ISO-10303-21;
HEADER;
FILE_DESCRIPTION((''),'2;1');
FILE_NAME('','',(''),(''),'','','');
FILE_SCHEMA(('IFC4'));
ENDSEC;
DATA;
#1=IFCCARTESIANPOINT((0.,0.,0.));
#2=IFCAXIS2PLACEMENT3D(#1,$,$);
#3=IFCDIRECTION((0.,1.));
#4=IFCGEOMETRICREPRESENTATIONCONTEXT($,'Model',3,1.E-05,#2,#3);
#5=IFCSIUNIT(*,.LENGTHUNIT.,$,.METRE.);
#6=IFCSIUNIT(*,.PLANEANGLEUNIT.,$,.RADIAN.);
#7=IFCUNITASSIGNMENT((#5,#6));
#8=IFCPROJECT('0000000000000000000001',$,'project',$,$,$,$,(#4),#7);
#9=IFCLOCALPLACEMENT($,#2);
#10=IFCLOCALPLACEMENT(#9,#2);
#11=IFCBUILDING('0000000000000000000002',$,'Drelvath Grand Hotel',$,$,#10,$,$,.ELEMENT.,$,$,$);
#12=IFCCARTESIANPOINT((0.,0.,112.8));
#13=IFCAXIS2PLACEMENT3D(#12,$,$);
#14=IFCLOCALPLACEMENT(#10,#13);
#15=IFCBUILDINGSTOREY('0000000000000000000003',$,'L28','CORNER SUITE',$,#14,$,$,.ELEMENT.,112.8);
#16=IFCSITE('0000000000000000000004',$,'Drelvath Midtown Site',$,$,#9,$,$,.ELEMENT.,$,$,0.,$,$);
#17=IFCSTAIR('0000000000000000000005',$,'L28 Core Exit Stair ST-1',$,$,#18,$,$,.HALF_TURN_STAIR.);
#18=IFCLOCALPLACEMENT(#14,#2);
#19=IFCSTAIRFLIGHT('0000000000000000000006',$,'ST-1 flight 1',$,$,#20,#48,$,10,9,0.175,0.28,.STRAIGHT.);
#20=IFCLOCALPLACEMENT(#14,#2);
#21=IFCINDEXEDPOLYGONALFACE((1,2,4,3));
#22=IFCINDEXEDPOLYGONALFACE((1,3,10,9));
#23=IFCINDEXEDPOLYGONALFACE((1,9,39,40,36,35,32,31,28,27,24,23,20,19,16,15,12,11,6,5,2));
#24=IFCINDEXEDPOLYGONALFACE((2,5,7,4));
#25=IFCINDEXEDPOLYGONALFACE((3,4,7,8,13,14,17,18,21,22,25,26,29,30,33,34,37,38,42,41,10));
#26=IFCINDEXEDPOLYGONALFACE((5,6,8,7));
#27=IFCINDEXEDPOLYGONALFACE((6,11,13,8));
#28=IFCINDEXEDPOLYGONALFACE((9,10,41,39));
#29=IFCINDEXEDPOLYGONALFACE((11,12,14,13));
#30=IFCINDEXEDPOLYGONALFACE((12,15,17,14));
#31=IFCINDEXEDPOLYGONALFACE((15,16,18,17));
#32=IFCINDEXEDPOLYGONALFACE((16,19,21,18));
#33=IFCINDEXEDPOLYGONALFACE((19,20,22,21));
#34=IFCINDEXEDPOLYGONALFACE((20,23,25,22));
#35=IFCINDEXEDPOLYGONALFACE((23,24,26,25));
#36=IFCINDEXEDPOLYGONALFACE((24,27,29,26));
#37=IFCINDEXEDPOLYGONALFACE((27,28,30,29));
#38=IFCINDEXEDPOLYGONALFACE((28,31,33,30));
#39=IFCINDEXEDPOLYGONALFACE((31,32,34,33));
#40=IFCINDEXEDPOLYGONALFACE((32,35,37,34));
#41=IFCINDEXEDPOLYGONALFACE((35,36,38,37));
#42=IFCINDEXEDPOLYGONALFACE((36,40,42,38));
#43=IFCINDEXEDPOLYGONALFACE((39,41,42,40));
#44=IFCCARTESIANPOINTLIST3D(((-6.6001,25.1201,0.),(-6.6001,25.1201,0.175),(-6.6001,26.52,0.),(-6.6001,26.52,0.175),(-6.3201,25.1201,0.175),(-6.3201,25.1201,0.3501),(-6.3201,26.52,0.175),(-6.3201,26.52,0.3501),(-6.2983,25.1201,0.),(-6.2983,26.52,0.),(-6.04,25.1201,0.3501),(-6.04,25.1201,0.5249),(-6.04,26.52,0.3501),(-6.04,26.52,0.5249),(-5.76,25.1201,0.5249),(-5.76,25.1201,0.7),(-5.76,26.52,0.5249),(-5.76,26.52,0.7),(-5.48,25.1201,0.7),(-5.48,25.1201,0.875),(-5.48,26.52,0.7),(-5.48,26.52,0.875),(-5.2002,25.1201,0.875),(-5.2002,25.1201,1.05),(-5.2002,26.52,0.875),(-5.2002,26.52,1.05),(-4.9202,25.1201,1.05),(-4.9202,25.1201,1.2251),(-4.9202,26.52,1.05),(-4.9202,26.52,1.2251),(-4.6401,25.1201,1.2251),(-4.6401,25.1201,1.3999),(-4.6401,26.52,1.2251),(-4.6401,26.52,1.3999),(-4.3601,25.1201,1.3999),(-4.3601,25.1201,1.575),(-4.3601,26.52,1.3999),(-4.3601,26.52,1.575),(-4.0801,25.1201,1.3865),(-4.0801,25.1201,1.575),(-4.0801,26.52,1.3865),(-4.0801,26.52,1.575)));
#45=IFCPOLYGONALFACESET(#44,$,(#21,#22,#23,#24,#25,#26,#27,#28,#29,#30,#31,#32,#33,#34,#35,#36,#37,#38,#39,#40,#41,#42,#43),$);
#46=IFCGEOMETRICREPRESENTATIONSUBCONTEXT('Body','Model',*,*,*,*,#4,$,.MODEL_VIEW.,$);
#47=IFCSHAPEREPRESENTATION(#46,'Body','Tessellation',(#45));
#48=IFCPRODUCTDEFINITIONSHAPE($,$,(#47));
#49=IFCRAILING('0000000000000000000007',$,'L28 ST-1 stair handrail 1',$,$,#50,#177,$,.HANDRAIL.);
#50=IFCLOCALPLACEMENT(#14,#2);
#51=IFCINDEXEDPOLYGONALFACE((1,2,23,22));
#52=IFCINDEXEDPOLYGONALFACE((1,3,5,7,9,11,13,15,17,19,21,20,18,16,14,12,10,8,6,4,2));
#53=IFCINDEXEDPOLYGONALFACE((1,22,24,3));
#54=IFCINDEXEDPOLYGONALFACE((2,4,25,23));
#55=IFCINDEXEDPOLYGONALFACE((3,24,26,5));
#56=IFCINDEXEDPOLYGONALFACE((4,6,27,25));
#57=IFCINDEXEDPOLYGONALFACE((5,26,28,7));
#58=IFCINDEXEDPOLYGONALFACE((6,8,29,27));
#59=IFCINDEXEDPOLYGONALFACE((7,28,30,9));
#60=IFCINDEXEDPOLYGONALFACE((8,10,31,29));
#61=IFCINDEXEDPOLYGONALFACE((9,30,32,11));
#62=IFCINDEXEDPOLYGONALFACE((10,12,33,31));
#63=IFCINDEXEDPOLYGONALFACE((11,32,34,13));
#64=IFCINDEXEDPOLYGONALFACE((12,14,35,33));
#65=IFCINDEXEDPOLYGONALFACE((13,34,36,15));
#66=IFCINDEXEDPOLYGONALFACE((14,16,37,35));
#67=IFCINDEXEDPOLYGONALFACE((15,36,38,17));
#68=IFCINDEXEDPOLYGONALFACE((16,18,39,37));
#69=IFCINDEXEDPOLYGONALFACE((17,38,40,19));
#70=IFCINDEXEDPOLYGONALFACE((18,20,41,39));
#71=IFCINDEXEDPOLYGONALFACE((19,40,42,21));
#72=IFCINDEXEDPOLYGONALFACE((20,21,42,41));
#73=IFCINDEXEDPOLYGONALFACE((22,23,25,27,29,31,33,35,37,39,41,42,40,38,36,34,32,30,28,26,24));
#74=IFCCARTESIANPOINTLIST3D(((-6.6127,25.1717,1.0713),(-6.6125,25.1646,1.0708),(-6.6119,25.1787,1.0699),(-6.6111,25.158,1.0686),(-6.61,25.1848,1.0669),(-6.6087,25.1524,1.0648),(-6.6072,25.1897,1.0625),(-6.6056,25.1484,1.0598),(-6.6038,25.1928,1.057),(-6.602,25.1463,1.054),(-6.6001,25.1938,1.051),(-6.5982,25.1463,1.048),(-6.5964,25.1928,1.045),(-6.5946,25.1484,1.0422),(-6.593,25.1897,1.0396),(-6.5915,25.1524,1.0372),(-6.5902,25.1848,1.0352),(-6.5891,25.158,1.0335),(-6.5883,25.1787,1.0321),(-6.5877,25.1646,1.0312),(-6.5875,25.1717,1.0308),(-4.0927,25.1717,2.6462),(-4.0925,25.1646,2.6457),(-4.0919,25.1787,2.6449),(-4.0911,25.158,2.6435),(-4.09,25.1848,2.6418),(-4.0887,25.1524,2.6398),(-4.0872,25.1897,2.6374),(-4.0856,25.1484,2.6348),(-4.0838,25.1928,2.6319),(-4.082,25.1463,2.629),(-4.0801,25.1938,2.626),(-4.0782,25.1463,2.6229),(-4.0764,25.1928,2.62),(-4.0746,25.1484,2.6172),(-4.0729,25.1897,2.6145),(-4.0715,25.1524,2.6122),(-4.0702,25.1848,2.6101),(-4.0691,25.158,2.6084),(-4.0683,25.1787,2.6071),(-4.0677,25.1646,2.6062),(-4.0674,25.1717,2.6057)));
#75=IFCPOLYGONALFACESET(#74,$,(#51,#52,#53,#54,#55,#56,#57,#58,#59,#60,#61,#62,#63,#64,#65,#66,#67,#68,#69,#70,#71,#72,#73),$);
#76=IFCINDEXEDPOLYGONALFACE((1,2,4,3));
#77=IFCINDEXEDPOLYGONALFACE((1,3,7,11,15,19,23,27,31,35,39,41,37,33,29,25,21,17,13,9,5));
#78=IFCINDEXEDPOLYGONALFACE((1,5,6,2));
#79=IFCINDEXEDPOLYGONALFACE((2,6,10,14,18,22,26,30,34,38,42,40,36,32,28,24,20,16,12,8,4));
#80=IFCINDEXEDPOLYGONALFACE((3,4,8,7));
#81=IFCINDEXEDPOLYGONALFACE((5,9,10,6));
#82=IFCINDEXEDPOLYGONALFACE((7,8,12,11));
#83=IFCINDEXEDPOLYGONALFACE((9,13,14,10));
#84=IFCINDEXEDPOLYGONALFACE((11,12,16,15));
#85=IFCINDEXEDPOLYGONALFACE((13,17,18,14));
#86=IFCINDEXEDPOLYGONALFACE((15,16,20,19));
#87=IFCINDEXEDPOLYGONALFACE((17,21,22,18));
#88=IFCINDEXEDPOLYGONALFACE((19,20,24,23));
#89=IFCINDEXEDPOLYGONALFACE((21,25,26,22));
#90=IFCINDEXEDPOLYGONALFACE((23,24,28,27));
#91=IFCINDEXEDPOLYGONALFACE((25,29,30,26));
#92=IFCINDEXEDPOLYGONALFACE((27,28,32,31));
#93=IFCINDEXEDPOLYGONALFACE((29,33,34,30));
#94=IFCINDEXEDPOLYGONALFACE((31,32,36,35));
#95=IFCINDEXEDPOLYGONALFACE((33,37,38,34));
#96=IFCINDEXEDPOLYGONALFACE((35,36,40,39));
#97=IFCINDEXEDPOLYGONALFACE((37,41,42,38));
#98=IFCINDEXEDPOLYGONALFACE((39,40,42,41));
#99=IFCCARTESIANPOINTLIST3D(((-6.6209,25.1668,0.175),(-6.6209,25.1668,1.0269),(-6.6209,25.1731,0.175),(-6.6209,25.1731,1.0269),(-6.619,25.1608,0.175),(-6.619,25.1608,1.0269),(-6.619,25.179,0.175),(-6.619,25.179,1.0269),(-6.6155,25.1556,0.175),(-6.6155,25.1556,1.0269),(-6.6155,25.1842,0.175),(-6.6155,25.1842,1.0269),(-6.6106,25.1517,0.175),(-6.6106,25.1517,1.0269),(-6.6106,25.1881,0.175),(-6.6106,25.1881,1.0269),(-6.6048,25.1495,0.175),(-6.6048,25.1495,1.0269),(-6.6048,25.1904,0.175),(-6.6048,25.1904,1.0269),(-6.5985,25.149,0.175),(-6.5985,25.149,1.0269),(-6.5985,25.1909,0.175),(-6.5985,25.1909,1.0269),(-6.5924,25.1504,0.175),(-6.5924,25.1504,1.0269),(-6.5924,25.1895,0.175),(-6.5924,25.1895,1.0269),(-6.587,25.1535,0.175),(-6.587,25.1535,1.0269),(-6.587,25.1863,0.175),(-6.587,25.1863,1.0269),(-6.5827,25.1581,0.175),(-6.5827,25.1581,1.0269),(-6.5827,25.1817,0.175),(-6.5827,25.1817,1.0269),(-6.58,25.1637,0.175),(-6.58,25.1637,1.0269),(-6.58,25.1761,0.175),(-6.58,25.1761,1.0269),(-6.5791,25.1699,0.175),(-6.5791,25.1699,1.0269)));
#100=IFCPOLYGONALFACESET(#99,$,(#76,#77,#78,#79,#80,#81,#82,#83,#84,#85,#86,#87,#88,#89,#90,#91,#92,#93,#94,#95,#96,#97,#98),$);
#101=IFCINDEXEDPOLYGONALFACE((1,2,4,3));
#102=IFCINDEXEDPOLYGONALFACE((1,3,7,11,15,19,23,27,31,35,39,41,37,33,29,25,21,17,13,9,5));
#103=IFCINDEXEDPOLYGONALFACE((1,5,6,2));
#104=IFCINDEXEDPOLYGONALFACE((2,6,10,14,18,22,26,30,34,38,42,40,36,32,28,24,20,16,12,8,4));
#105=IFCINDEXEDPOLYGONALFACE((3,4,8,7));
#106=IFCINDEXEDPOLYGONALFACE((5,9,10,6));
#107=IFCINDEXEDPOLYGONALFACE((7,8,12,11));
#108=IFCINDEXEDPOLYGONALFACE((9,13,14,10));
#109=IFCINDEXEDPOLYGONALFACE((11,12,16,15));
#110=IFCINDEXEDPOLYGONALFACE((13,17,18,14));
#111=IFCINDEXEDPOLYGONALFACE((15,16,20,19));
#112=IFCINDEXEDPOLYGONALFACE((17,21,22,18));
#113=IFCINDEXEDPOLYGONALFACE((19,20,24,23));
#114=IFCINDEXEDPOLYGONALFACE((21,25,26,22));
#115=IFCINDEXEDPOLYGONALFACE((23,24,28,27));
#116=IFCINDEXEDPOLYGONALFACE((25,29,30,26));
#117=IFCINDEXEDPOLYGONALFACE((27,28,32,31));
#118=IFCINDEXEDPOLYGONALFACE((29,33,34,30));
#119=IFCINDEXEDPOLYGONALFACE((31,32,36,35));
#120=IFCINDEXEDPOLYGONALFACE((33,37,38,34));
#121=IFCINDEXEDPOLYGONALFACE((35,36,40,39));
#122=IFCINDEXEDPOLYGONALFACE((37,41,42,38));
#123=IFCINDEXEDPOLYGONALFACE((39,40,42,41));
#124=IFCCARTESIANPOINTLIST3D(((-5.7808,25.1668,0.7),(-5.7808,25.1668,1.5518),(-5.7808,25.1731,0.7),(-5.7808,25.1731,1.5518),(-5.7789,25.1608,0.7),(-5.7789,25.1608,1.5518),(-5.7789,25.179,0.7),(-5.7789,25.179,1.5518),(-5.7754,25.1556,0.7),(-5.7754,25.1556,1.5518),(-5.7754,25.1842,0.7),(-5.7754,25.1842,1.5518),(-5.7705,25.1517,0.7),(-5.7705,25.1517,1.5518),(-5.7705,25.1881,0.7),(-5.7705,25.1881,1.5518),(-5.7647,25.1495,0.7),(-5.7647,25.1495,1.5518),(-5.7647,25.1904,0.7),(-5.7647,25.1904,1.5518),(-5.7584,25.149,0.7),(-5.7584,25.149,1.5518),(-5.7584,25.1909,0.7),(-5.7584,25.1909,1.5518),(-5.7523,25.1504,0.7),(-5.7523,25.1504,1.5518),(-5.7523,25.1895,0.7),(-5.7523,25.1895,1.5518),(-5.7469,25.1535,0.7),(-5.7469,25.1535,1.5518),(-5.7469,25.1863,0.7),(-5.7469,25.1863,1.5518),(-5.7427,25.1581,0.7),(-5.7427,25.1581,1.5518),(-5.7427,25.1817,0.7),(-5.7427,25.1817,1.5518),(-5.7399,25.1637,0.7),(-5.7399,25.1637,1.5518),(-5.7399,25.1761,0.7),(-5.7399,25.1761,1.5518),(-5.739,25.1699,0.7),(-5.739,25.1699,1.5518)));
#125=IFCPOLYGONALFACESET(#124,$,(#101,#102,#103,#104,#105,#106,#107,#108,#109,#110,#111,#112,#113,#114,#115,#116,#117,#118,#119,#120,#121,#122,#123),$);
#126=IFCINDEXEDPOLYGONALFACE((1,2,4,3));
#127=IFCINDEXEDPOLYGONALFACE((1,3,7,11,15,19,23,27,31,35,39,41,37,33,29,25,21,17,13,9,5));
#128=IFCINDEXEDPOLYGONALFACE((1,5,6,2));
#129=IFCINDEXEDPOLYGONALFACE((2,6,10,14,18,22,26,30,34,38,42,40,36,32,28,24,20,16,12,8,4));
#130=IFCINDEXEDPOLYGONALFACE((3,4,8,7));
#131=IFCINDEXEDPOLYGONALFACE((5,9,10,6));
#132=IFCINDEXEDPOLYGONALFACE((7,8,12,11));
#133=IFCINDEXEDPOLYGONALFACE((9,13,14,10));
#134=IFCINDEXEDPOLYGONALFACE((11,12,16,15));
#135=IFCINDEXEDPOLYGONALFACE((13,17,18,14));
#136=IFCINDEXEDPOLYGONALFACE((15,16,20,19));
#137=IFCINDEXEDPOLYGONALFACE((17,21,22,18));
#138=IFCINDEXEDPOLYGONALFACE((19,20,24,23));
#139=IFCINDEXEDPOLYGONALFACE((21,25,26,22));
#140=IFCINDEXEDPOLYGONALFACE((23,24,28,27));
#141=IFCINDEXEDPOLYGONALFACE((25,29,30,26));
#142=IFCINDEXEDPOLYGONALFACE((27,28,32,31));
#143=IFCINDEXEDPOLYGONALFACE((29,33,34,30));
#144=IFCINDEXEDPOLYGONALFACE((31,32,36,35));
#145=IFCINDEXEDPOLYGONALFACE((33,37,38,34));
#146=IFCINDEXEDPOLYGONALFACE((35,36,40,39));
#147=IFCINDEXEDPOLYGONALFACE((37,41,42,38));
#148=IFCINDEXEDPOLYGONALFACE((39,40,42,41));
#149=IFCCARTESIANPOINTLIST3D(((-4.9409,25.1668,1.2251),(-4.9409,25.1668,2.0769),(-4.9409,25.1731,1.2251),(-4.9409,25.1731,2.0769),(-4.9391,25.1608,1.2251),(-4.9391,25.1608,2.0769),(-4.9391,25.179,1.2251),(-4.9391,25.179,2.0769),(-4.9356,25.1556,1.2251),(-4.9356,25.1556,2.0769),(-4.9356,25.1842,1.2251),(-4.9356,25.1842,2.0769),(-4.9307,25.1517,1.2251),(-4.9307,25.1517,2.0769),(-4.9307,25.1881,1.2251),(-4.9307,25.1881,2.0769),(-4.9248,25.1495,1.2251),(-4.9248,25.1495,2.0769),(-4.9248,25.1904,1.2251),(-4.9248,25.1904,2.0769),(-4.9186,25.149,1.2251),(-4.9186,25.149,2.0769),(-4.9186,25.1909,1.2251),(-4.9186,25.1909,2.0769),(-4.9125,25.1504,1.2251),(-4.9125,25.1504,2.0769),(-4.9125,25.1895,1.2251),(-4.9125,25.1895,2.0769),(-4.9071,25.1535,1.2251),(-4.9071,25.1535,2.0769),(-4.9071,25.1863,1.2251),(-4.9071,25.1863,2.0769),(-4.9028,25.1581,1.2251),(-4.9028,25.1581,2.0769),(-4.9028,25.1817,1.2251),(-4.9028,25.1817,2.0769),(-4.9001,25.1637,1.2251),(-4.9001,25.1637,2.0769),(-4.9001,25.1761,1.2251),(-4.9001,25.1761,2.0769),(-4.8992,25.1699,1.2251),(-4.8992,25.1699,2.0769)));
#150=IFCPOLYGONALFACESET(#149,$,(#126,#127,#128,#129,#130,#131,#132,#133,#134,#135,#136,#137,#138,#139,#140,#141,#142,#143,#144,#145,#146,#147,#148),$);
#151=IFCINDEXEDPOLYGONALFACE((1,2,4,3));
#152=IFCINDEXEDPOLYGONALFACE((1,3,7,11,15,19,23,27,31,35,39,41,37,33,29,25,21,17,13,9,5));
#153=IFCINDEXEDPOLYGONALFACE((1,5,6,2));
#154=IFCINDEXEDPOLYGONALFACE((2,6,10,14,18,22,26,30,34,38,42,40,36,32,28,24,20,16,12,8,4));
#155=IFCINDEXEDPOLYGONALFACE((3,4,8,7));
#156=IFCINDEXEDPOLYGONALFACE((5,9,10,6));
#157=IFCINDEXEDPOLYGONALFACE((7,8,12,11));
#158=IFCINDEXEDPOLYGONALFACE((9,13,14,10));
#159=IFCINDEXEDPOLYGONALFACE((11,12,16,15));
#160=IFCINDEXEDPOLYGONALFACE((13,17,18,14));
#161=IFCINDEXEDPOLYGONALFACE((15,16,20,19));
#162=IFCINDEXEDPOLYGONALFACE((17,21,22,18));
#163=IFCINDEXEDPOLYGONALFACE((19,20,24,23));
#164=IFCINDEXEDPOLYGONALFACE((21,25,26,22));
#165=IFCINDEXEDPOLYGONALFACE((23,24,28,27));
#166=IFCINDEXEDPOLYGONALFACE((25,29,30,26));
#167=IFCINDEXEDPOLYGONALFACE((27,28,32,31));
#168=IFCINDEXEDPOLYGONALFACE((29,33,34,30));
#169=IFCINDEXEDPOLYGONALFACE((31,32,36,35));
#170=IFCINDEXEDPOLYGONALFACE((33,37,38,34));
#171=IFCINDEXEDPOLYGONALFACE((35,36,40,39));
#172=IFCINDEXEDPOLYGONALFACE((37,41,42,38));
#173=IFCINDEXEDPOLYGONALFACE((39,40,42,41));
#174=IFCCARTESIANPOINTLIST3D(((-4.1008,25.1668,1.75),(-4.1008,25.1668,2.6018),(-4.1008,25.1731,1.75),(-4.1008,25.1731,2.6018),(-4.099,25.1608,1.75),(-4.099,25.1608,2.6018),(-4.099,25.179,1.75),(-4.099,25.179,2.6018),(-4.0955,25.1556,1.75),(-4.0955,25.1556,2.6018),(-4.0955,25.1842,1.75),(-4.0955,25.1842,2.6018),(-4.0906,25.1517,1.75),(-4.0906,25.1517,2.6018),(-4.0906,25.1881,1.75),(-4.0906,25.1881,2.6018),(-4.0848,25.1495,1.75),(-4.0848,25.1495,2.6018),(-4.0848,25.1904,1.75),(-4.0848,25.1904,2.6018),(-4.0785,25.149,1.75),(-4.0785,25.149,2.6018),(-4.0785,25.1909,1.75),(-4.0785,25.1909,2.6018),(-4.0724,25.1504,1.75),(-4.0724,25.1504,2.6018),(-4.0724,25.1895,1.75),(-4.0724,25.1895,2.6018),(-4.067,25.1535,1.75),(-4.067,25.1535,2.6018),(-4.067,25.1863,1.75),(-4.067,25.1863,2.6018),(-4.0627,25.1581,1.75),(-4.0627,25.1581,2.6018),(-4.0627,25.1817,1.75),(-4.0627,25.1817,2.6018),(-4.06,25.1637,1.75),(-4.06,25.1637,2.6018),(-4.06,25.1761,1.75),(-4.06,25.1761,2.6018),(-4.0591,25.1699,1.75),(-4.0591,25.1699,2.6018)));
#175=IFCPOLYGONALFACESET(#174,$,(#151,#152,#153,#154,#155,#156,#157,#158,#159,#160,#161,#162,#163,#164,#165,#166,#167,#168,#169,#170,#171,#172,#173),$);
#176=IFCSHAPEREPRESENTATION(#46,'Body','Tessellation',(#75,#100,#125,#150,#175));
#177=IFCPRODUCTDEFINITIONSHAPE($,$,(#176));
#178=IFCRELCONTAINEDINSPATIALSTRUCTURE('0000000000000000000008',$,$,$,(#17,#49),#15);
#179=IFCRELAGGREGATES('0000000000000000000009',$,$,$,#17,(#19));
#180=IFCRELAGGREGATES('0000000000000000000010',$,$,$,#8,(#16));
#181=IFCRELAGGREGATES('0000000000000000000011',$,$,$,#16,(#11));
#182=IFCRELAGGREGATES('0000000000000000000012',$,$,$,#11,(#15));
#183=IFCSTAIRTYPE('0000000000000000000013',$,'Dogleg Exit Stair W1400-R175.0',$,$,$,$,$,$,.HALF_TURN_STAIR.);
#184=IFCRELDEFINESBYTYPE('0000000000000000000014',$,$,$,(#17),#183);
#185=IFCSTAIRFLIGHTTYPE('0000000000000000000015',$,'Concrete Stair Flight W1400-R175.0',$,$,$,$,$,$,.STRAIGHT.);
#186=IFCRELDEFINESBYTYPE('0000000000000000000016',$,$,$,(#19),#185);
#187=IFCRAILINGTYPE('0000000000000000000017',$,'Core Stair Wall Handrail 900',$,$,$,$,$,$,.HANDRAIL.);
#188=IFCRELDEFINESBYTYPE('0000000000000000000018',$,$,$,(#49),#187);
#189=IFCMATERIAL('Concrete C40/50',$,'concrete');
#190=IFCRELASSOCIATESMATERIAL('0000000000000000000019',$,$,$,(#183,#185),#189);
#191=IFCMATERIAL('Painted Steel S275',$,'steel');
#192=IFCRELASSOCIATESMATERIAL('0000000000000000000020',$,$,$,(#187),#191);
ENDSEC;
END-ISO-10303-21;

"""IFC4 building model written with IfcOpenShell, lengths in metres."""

from ifc_helpers import new_model, si_unit, direction, frame, origin, origin_2d, place, context, subcontext, project, spatial, polyline, circle, outline, extrude, material, type_object, element, aggregate, save


model = new_model("IFC4")

# Units and contexts
model_context = context("Model", 3, precision=1e-05, world=origin(), true_north=direction((0.0, 1.0)))
body_context = subcontext(model_context, "Body", "Model", "MODEL_VIEW")
ifc_project = project(units=[si_unit("LENGTHUNIT", "METRE"), si_unit("PLANEANGLEUNIT", "RADIAN")], contexts=[model_context])

# Site, building, storey
site_placement = place(None, origin())
site = spatial("IfcSite", under=ifc_project, at=site_placement, Name="Drelvath Midtown Site", CompositionType="ELEMENT", RefElevation=0.0)
building_placement = place(site_placement, origin())
building = spatial("IfcBuilding", under=site, at=building_placement, Name="Drelvath Grand Hotel", CompositionType="ELEMENT")
storey_placement = place(building_placement, frame((0.0, 0.0, 112.8)))
storey = spatial("IfcBuildingStorey", under=building, at=storey_placement, Name="L28", Description="CORNER SUITE", CompositionType="ELEMENT", Elevation=112.8)

# Shared definitions
ifc_material_1 = material(Name="Concrete C40/50", Category="concrete")
ifc_material_2 = material(Name="Painted Steel S275", Category="steel")

# Stair, stair flight
stair_type = type_object("IfcStairType", Name="Dogleg Exit Stair W1400-R175.0", PredefinedType="HALF_TURN_STAIR", material=ifc_material_1)
stair_placement = place(storey_placement, origin())
stair = element("IfcStair", 1, at=stair_placement, inside=storey, type_object=stair_type, Name="L28 Core Exit Stair ST-1", PredefinedType="HALF_TURN_STAIR")
stair_flight_type = type_object("IfcStairFlightType", Name="Concrete Stair Flight W1400-R175.0", PredefinedType="STRAIGHT", material=ifc_material_1)
stair_flight_placement = place(storey_placement, frame((-6.6001, 25.8201, 0.0), z_axis=(0.0, 0.0, 1.0), x_axis=(1.0, 0.0, 0.0)))
stair_flight = element("IfcStairFlight", 2, at=stair_flight_placement, type_object=stair_flight_type, Name="ST-1 flight 1", NumberOfRisers=10, NumberOfTreads=9, PredefinedType="STRAIGHT", RiserHeight=0.175, TreadLength=0.28, context=body_context, shape_type="SweptSolid", body=[
    extrude(outline(polyline([(0.0, 0.0), (0.0, 0.175), (0.28, 0.175), (0.28, 0.3501), (0.5601, 0.3501), (0.5601, 0.5249), (0.8401, 0.5249), (0.8401, 0.7), (1.1201, 0.7), (1.1201, 0.875), (1.3999, 0.875), (1.3999, 1.05), (1.6799, 1.05), (1.6799, 1.2251), (1.96, 1.2251), (1.96, 1.3999), (2.24, 1.3999), (2.24, 1.575), (2.52, 1.575), (2.52, 1.75), (2.52, 1.3865), (0.3018, 0.0), (0.0, 0.0)])), frame((0.0, 0.7, 0.0), z_axis=(0.0, -1.0, 0.0), x_axis=(1.0, 0.0, 0.0)), (0.0, 0.0, 1.0), 1.3999),
])
aggregate(stair, [stair_flight])

# Railing
railing_type_1 = type_object("IfcRailingType", Name="Core Stair Wall Handrail 900", PredefinedType="HANDRAIL", material=ifc_material_2)
railing_1_placement = place(storey_placement, frame((-6.6001, 25.1699, 0.175)))
element("IfcRailing", 3, at=railing_1_placement, inside=storey, type_object=railing_type_1, Name="L28 ST-1 stair handrail 1", PredefinedType="HANDRAIL", context=body_context, shape_type="SweptSolid", body=[
    extrude(circle(Radius=0.0239, at=origin_2d()), frame((0.0, 0.0, 0.876), z_axis=(0.848008, 0.0, 0.529984), x_axis=(0.0, 1.0, 0.0)), (0.0, 0.0, 1.0), 2.9717),
    extrude(circle(Radius=0.021, at=origin_2d()), origin(), (0.0, 0.0, 1.0), 0.8518),
    extrude(circle(Radius=0.021, at=origin_2d()), frame((0.8401, 0.0, 0.5249)), (0.0, 0.0, 1.0), 0.8518),
    extrude(circle(Radius=0.021, at=origin_2d()), frame((1.6799, 0.0, 1.05)), (0.0, 0.0, 1.0), 0.8518),
    extrude(circle(Radius=0.021, at=origin_2d()), frame((2.52, 0.0, 1.575)), (0.0, 0.0, 1.0), 0.8518),
])

save(model, "model.ifc")
